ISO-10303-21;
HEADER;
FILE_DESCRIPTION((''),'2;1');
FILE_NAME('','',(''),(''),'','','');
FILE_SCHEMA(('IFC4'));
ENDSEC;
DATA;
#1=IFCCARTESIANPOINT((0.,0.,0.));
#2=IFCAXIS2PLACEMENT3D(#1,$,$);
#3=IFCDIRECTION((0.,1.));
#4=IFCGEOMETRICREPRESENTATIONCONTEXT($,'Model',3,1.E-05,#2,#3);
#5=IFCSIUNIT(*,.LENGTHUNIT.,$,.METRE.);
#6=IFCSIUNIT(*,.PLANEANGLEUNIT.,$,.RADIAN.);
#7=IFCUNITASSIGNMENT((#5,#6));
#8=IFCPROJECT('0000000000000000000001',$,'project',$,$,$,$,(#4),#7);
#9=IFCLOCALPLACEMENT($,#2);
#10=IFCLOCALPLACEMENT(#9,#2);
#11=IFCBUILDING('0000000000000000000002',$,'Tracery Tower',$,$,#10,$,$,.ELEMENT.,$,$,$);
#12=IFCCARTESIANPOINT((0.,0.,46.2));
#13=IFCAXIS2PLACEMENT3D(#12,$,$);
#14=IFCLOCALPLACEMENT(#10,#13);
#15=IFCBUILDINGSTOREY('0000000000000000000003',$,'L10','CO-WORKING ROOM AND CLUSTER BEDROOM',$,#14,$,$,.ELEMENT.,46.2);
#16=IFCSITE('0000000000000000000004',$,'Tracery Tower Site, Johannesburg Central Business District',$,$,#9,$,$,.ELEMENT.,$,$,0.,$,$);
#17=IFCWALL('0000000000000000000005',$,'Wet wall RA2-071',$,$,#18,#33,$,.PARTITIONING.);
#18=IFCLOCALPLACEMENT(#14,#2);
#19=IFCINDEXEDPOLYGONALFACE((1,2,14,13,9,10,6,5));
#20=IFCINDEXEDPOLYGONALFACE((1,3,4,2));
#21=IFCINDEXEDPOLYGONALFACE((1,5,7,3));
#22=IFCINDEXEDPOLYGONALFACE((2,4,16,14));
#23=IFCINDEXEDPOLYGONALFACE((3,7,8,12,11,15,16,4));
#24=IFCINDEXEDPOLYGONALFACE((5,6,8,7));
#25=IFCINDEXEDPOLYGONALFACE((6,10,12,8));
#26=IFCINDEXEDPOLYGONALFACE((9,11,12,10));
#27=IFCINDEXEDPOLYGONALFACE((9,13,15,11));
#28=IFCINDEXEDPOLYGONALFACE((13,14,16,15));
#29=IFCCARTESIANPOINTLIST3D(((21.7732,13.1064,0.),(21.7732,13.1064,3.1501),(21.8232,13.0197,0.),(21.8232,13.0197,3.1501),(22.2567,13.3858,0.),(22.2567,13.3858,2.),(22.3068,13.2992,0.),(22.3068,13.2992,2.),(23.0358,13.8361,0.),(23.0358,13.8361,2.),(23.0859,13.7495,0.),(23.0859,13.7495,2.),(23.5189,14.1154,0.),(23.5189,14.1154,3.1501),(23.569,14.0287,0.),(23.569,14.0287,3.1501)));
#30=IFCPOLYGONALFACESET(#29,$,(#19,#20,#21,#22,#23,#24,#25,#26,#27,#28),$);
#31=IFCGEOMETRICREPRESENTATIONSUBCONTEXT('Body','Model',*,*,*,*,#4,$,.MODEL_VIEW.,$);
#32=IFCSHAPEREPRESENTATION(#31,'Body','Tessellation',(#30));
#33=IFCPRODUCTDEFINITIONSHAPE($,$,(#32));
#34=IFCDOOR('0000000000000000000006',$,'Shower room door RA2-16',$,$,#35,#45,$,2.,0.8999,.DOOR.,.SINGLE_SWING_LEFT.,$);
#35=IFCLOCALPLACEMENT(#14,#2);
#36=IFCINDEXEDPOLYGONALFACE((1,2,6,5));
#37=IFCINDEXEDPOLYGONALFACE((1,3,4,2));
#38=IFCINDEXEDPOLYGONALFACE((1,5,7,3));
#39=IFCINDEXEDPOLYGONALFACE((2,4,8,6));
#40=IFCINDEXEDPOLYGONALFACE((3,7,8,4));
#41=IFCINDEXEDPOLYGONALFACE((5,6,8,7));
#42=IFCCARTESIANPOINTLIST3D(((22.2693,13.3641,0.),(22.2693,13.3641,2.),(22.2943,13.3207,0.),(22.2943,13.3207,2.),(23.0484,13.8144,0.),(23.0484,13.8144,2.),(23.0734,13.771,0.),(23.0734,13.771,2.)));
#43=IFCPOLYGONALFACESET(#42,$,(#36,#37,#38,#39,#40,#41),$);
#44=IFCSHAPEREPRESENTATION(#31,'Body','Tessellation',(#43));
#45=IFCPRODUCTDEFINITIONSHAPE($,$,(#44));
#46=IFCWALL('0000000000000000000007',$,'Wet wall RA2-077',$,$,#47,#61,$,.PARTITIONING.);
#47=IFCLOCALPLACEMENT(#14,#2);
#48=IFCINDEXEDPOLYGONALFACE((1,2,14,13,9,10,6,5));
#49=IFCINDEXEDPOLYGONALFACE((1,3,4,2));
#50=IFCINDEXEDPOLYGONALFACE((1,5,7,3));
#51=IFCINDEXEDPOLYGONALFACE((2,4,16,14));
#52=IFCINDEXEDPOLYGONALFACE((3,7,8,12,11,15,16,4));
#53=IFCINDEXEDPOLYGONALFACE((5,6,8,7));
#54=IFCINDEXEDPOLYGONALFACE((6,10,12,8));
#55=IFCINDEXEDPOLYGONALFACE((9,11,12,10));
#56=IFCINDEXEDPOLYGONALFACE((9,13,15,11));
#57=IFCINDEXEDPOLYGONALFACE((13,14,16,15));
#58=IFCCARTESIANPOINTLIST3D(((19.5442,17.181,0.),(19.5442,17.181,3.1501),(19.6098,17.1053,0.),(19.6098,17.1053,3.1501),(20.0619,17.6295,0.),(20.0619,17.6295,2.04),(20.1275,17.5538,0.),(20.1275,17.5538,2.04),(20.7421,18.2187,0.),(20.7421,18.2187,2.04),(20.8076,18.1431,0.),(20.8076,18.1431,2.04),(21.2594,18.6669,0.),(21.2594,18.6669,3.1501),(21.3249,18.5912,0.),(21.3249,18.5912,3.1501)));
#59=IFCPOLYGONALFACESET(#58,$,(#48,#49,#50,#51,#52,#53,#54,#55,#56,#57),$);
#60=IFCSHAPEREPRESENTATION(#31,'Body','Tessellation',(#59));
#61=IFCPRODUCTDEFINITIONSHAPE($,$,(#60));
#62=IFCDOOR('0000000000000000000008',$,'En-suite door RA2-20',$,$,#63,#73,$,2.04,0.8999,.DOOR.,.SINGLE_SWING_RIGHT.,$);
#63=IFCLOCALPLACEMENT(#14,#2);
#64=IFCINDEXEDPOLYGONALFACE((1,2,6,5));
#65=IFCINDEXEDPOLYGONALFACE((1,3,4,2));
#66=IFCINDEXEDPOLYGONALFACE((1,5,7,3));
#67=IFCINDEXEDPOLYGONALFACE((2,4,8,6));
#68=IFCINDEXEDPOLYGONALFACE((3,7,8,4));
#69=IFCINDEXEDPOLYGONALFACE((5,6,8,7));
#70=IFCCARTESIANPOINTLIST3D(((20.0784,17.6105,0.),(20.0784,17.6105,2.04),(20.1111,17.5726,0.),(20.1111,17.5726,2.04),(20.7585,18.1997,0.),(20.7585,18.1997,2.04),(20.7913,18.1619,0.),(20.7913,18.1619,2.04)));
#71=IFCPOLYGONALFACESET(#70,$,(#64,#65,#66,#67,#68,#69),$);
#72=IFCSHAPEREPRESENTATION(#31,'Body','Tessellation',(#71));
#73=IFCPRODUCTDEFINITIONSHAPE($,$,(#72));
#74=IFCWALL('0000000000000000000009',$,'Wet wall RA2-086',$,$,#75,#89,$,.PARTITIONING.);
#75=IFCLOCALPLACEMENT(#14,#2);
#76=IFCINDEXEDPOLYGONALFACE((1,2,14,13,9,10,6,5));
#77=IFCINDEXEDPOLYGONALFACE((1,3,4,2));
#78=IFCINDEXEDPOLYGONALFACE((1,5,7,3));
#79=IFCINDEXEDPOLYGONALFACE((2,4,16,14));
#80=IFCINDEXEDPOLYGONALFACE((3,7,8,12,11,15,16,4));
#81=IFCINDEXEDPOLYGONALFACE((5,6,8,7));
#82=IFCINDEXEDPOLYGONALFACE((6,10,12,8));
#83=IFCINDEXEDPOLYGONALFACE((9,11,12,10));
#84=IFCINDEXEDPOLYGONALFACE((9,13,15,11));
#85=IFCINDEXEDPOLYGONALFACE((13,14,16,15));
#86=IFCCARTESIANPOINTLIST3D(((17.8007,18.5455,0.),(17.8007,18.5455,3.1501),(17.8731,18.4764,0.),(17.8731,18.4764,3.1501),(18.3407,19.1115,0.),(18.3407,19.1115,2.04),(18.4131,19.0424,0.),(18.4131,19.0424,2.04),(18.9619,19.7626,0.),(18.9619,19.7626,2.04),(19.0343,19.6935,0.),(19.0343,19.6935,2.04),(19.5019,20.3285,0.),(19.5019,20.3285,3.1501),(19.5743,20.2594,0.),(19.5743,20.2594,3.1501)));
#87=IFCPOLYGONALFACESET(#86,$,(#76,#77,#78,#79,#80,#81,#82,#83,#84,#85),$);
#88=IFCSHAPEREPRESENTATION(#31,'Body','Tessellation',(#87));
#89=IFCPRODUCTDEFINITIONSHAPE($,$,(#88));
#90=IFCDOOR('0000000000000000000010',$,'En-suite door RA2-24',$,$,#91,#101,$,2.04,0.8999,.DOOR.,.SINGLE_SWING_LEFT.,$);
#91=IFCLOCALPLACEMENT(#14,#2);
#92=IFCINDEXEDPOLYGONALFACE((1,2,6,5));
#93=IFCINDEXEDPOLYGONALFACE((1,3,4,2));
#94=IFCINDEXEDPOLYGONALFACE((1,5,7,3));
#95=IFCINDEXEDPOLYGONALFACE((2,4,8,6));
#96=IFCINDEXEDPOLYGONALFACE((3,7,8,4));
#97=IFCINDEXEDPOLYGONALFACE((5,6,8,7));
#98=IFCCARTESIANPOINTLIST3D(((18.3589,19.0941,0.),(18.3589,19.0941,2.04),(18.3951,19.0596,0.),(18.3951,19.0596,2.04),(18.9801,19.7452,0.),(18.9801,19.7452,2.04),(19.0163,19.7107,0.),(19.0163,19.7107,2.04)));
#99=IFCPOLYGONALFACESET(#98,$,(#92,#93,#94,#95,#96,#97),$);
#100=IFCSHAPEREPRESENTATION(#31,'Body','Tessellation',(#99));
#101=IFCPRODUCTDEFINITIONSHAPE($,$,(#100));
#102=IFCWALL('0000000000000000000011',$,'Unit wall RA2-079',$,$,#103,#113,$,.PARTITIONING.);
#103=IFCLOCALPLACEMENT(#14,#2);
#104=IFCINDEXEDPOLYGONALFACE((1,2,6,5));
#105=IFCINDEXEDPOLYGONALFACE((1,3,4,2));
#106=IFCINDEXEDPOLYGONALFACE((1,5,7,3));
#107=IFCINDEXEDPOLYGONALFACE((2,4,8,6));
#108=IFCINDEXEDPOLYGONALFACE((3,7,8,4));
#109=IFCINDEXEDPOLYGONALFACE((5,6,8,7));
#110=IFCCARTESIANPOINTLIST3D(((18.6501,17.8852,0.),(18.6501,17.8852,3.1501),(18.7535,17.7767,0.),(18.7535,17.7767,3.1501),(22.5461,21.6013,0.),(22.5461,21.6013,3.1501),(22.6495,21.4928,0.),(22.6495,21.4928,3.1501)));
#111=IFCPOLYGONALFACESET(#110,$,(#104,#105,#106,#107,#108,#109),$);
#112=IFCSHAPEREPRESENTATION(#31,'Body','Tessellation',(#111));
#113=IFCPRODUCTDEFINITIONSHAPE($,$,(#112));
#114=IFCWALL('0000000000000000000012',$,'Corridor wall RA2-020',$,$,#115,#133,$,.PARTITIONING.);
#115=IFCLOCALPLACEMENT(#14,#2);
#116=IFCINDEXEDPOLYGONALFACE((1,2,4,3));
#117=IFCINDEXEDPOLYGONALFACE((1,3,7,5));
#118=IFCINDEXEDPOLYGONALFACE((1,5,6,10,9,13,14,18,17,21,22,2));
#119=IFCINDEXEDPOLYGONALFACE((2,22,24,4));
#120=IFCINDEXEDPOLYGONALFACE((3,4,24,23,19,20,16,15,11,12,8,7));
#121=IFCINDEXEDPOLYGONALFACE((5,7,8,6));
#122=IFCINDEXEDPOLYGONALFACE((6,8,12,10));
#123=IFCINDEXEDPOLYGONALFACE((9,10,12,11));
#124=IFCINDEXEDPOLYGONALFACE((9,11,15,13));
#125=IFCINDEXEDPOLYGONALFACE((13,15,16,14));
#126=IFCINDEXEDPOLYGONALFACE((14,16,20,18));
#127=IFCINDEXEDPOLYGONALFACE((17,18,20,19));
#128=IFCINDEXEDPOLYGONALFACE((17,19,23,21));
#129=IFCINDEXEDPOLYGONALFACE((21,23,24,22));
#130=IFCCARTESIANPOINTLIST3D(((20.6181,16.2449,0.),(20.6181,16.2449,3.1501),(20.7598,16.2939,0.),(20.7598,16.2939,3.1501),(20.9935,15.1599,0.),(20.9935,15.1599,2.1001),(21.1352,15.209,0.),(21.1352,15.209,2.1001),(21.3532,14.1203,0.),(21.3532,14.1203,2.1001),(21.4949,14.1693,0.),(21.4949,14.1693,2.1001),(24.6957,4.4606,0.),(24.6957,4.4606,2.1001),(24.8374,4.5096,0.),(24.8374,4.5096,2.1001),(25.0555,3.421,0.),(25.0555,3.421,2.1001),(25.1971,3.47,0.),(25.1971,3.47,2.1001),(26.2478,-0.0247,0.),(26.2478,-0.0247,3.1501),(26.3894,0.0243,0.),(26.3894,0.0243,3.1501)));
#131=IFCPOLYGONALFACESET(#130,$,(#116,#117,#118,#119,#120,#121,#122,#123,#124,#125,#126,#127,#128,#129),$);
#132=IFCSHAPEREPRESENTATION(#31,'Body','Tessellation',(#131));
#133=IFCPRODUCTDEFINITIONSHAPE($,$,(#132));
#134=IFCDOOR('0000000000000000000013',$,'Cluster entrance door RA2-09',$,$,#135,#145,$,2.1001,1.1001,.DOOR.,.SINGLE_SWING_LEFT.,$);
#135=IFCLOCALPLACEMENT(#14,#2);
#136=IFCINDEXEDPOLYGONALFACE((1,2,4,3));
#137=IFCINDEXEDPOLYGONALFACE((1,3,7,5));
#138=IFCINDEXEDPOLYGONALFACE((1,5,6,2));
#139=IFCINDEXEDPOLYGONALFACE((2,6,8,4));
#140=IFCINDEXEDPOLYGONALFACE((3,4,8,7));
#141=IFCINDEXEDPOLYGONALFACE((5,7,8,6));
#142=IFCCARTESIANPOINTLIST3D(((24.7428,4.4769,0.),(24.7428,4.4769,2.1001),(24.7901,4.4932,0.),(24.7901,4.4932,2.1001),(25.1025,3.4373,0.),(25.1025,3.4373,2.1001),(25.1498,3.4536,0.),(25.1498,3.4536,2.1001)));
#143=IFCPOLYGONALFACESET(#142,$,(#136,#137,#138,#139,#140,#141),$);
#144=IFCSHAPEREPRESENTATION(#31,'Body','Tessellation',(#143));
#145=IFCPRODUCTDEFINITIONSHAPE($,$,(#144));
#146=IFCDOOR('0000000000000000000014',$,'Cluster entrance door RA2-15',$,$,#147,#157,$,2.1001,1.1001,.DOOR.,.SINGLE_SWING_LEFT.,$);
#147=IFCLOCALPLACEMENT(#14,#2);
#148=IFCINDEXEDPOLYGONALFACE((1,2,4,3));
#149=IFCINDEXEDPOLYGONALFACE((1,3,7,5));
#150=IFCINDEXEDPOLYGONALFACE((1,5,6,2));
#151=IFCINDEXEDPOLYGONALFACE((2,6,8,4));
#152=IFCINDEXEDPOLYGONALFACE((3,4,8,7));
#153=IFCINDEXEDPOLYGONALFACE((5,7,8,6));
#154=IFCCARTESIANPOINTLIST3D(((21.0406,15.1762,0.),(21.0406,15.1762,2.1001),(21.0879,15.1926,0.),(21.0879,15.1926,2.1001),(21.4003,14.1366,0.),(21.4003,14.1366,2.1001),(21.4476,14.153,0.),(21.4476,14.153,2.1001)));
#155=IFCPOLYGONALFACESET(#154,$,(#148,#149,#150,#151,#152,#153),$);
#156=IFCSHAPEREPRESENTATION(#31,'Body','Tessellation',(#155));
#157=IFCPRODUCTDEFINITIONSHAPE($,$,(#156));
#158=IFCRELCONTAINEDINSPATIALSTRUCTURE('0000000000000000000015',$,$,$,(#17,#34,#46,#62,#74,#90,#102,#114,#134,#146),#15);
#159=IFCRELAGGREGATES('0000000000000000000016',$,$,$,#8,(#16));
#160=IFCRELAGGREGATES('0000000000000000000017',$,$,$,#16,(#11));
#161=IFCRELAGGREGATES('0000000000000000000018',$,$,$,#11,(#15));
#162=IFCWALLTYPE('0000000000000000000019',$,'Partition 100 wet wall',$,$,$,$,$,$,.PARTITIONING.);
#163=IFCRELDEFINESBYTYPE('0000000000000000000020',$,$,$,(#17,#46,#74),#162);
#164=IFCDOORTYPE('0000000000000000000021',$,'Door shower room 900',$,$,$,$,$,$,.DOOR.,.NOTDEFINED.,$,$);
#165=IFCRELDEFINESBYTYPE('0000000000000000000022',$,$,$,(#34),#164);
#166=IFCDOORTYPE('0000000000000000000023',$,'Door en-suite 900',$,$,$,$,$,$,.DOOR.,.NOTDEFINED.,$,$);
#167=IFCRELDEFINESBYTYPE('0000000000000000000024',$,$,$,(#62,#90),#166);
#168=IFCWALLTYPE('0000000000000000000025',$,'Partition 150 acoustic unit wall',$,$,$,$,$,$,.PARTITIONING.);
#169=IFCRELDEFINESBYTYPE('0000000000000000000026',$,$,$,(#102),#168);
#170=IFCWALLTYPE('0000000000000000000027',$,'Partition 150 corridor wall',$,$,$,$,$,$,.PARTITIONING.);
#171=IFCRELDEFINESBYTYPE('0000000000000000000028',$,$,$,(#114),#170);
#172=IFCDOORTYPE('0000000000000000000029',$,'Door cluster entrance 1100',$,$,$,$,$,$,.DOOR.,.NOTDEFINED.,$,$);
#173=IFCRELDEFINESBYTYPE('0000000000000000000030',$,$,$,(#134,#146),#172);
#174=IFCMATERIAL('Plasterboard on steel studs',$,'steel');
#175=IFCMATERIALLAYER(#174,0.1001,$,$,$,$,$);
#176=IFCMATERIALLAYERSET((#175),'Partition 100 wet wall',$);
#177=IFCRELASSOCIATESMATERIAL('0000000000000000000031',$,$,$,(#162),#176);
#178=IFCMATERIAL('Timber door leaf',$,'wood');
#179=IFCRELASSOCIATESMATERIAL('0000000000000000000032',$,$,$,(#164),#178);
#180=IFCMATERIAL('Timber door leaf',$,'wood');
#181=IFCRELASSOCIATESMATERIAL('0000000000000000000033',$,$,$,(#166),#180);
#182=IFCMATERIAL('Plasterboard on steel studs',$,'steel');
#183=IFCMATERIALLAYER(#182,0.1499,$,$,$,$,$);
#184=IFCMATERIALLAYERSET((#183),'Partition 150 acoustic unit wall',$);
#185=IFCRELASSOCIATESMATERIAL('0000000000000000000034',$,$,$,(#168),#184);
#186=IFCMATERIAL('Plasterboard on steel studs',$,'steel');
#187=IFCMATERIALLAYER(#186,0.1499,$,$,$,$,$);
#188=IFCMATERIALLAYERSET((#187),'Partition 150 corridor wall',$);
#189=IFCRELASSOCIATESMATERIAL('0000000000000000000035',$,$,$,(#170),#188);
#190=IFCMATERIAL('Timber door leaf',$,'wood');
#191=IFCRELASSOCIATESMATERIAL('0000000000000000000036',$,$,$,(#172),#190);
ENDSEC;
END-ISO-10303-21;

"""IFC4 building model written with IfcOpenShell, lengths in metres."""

from ifc_helpers import new_model, si_unit, direction, frame, frame_2d, origin, place, context, subcontext, project, spatial, rectangle, extrude, material, layer, layer_set, type_object, element, fill, save


model = new_model("IFC4")

# Units and contexts
model_context = context("Model", 3, precision=1e-05, world=origin(), true_north=direction((0.0, 1.0)))
body_context = subcontext(model_context, "Body", "Model", "MODEL_VIEW")
ifc_project = project(units=[si_unit("LENGTHUNIT", "METRE"), si_unit("PLANEANGLEUNIT", "RADIAN")], contexts=[model_context])

# Site, building, storey
site_placement = place(None, origin())
site = spatial("IfcSite", under=ifc_project, at=site_placement, Name="Tracery Tower Site, Johannesburg Central Business District", CompositionType="ELEMENT", RefElevation=0.0)
building_placement = place(site_placement, origin())
building = spatial("IfcBuilding", under=site, at=building_placement, Name="Tracery Tower", CompositionType="ELEMENT")
storey_placement = place(building_placement, frame((0.0, 0.0, 46.2)))
storey = spatial("IfcBuildingStorey", under=building, at=storey_placement, Name="L10", Description="CO-WORKING ROOM AND CLUSTER BEDROOM", CompositionType="ELEMENT", Elevation=46.2)

# Shared definitions
ifc_material_1 = material(Name="Plasterboard on steel studs", Category="steel")
ifc_layer_1 = layer(ifc_material_1, 0.1001)
ifc_layer_set_1 = layer_set([ifc_layer_1], Name="Partition 100 wet wall")
wall_type_1 = type_object("IfcWallType", Name="Partition 100 wet wall", PredefinedType="PARTITIONING", material=ifc_layer_set_1)

# Walls, openings, doors
wall_1_placement = place(storey_placement, frame((21.7981, 13.063, 0.0), z_axis=(0.0, 0.0, 1.0), x_axis=(0.865796, 0.500397, 0.0)))
wall_1 = element("IfcWall", 1, at=wall_1_placement, inside=storey, type_object=wall_type_1, Name="Wet wall RA2-071", PredefinedType="PARTITIONING", context=body_context, shape_type="SweptSolid", body=[
    extrude(rectangle(XDim=2.0164, YDim=0.1001, at=frame_2d((1.0083, 0.0))), origin(), (0.0, 0.0, 1.0), 3.1501),
])
opening_1_placement = place(wall_1_placement, frame((0.5586, 0.0, 0.0)))
opening_1 = element("IfcOpeningElement", 2, at=opening_1_placement, cuts=wall_1, PredefinedType="OPENING", context=body_context, shape_type="SweptSolid", body=[
    extrude(rectangle(XDim=0.8999, YDim=2.0, at=frame_2d((0.45, 1.0))), frame((0.0, 0.05, 0.0), z_axis=(0.0, -1.0, 0.0), x_axis=(1.0, 0.0, 0.0)), (0.0, 0.0, 1.0), 0.1001),
])
ifc_material_2 = material(Name="Timber door leaf", Category="wood")
door_type_1 = type_object("IfcDoorType", Name="Door shower room 900", OperationType="NOTDEFINED", PredefinedType="DOOR", material=ifc_material_2)
door_1_placement = place(opening_1_placement, origin())
door_1 = element("IfcDoor", 3, at=door_1_placement, inside=storey, type_object=door_type_1, Name="Shower room door RA2-16", OperationType="SINGLE_SWING_LEFT", OverallHeight=2.0, OverallWidth=0.8999, PredefinedType="DOOR", context=body_context, shape_type="SweptSolid", body=[
    extrude(rectangle(XDim=0.8999, YDim=2.0, at=frame_2d((0.45, 1.0))), frame((0.0, 0.0249, 0.0), z_axis=(0.0, -1.0, 0.0), x_axis=(1.0, 0.0, 0.0)), (0.0, 0.0, 1.0), 0.05),
])
fill(opening_1, door_1)
wall_2_placement = place(storey_placement, frame((19.5769, 17.1431, 0.0), z_axis=(0.0, 0.0, 1.0), x_axis=(0.755813, 0.654787, 0.0)))
wall_2 = element("IfcWall", 4, at=wall_2_placement, inside=storey, type_object=wall_type_1, Name="Wet wall RA2-077", PredefinedType="PARTITIONING", context=body_context, shape_type="SweptSolid", body=[
    extrude(rectangle(XDim=2.2693, YDim=0.1001, at=frame_2d((1.1348, 0.0))), origin(), (0.0, 0.0, 1.0), 3.1501),
])
opening_2_placement = place(wall_2_placement, frame((0.6851, 0.0, 0.0)))
opening_2 = element("IfcOpeningElement", 5, at=opening_2_placement, cuts=wall_2, PredefinedType="OPENING", context=body_context, shape_type="SweptSolid", body=[
    extrude(rectangle(XDim=0.8999, YDim=2.04, at=frame_2d((0.45, 1.02))), frame((0.0, 0.05, 0.0), z_axis=(0.0, -1.0, 0.0), x_axis=(1.0, 0.0, 0.0)), (0.0, 0.0, 1.0), 0.1001),
])
ifc_material_3 = material(Name="Timber door leaf", Category="wood")
door_type_2 = type_object("IfcDoorType", Name="Door en-suite 900", OperationType="NOTDEFINED", PredefinedType="DOOR", material=ifc_material_3)
door_2_placement = place(opening_2_placement, origin())
door_2 = element("IfcDoor", 6, at=door_2_placement, inside=storey, type_object=door_type_2, Name="En-suite door RA2-20", OperationType="SINGLE_SWING_RIGHT", OverallHeight=2.04, OverallWidth=0.8999, PredefinedType="DOOR", context=body_context, shape_type="SweptSolid", body=[
    extrude(rectangle(XDim=0.8999, YDim=2.04, at=frame_2d((0.45, 1.02))), frame((0.0, 0.0249, 0.0), z_axis=(0.0, -1.0, 0.0), x_axis=(1.0, 0.0, 0.0)), (0.0, 0.0, 1.0), 0.05),
])
fill(opening_2, door_2)
wall_3_placement = place(storey_placement, frame((17.8369, 18.511, 0.0), z_axis=(0.0, 0.0, 1.0), x_axis=(0.690318, 0.723506, 0.0)))
wall_3 = element("IfcWall", 7, at=wall_3_placement, inside=storey, type_object=wall_type_1, Name="Wet wall RA2-086", PredefinedType="PARTITIONING", context=body_context, shape_type="SweptSolid", body=[
    extrude(rectangle(XDim=2.4644, YDim=0.1001, at=frame_2d((1.2322, 0.0))), origin(), (0.0, 0.0, 1.0), 3.1501),
])
opening_3_placement = place(wall_3_placement, frame((0.7822, 0.0, 0.0)))
opening_3 = element("IfcOpeningElement", 8, at=opening_3_placement, cuts=wall_3, PredefinedType="OPENING", context=body_context, shape_type="SweptSolid", body=[
    extrude(rectangle(XDim=0.8999, YDim=2.04, at=frame_2d((0.45, 1.02))), frame((0.0, 0.05, 0.0), z_axis=(0.0, -1.0, 0.0), x_axis=(1.0, 0.0, 0.0)), (0.0, 0.0, 1.0), 0.1001),
])
door_3_placement = place(opening_3_placement, origin())
door_3 = element("IfcDoor", 9, at=door_3_placement, inside=storey, type_object=door_type_2, Name="En-suite door RA2-24", OperationType="SINGLE_SWING_LEFT", OverallHeight=2.04, OverallWidth=0.8999, PredefinedType="DOOR", context=body_context, shape_type="SweptSolid", body=[
    extrude(rectangle(XDim=0.8999, YDim=2.04, at=frame_2d((0.45, 1.02))), frame((0.0, 0.0249, 0.0), z_axis=(0.0, -1.0, 0.0), x_axis=(1.0, 0.0, 0.0)), (0.0, 0.0, 1.0), 0.05),
])
fill(opening_3, door_3)

# Wall
ifc_material_4 = material(Name="Plasterboard on steel studs", Category="steel")
ifc_layer_2 = layer(ifc_material_4, 0.1499)
ifc_layer_set_2 = layer_set([ifc_layer_2], Name="Partition 150 acoustic unit wall")
wall_type_2 = type_object("IfcWallType", Name="Partition 150 acoustic unit wall", PredefinedType="PARTITIONING", material=ifc_layer_set_2)
wall_4_placement = place(storey_placement, frame((18.7019, 17.8311, 0.0), z_axis=(0.0, 0.0, 1.0), x_axis=(0.723619, 0.6902, 0.0)))
element("IfcWall", 10, at=wall_4_placement, inside=storey, type_object=wall_type_2, Name="Unit wall RA2-079", PredefinedType="PARTITIONING", context=body_context, shape_type="SweptSolid", body=[
    extrude(rectangle(XDim=5.384, YDim=0.1499, at=frame_2d((2.6919, 0.0))), origin(), (0.0, 0.0, 1.0), 3.1501),
])

# Wall, openings, doors
ifc_material_5 = material(Name="Plasterboard on steel studs", Category="steel")
ifc_layer_3 = layer(ifc_material_5, 0.1499)
ifc_layer_set_3 = layer_set([ifc_layer_3], Name="Partition 150 corridor wall")
wall_type_3 = type_object("IfcWallType", Name="Partition 150 corridor wall", PredefinedType="PARTITIONING", material=ifc_layer_set_3)
wall_5_placement = place(storey_placement, frame((20.689, 16.2693, 0.0), z_axis=(0.0, 0.0, 1.0), x_axis=(0.327, -0.945024, 0.0)))
wall_5 = element("IfcWall", 11, at=wall_5_placement, inside=storey, type_object=wall_type_3, Name="Corridor wall RA2-020", PredefinedType="PARTITIONING", context=body_context, shape_type="SweptSolid", body=[
    extrude(rectangle(XDim=17.2161, YDim=0.1499, at=frame_2d((8.6079, 0.0))), origin(), (0.0, 0.0, 1.0), 3.1501),
])
opening_4_placement = place(wall_5_placement, frame((12.4697, 0.0, 0.0)))
opening_4 = element("IfcOpeningElement", 12, at=opening_4_placement, cuts=wall_5, PredefinedType="OPENING", context=body_context, shape_type="SweptSolid", body=[
    extrude(rectangle(XDim=1.1001, YDim=2.1001, at=frame_2d((0.55, 1.05))), frame((0.0, 0.075, 0.0), z_axis=(0.0, -1.0, 0.0), x_axis=(1.0, 0.0, 0.0)), (0.0, 0.0, 1.0), 0.1499),
])
opening_5_placement = place(wall_5_placement, frame((1.1479, 0.0, 0.0)))
opening_5 = element("IfcOpeningElement", 13, at=opening_5_placement, cuts=wall_5, PredefinedType="OPENING", context=body_context, shape_type="SweptSolid", body=[
    extrude(rectangle(XDim=1.1001, YDim=2.1001, at=frame_2d((0.55, 1.05))), frame((0.0, 0.075, 0.0), z_axis=(0.0, -1.0, 0.0), x_axis=(1.0, 0.0, 0.0)), (0.0, 0.0, 1.0), 0.1499),
])
ifc_material_6 = material(Name="Timber door leaf", Category="wood")
door_type_3 = type_object("IfcDoorType", Name="Door cluster entrance 1100", OperationType="NOTDEFINED", PredefinedType="DOOR", material=ifc_material_6)
door_4_placement = place(opening_4_placement, origin())
door_4 = element("IfcDoor", 14, at=door_4_placement, inside=storey, type_object=door_type_3, Name="Cluster entrance door RA2-09", OperationType="SINGLE_SWING_LEFT", OverallHeight=2.1001, OverallWidth=1.1001, PredefinedType="DOOR", context=body_context, shape_type="SweptSolid", body=[
    extrude(rectangle(XDim=1.1001, YDim=2.1001, at=frame_2d((0.55, 1.05))), frame((0.0, 0.0249, 0.0), z_axis=(0.0, -1.0, 0.0), x_axis=(1.0, 0.0, 0.0)), (0.0, 0.0, 1.0), 0.05),
])
fill(opening_4, door_4)
door_5_placement = place(opening_5_placement, origin())
door_5 = element("IfcDoor", 15, at=door_5_placement, inside=storey, type_object=door_type_3, Name="Cluster entrance door RA2-15", OperationType="SINGLE_SWING_LEFT", OverallHeight=2.1001, OverallWidth=1.1001, PredefinedType="DOOR", context=body_context, shape_type="SweptSolid", body=[
    extrude(rectangle(XDim=1.1001, YDim=2.1001, at=frame_2d((0.55, 1.05))), frame((0.0, 0.0249, 0.0), z_axis=(0.0, -1.0, 0.0), x_axis=(1.0, 0.0, 0.0)), (0.0, 0.0, 1.0), 0.05),
])
fill(opening_5, door_5)

save(model, "model.ifc")
